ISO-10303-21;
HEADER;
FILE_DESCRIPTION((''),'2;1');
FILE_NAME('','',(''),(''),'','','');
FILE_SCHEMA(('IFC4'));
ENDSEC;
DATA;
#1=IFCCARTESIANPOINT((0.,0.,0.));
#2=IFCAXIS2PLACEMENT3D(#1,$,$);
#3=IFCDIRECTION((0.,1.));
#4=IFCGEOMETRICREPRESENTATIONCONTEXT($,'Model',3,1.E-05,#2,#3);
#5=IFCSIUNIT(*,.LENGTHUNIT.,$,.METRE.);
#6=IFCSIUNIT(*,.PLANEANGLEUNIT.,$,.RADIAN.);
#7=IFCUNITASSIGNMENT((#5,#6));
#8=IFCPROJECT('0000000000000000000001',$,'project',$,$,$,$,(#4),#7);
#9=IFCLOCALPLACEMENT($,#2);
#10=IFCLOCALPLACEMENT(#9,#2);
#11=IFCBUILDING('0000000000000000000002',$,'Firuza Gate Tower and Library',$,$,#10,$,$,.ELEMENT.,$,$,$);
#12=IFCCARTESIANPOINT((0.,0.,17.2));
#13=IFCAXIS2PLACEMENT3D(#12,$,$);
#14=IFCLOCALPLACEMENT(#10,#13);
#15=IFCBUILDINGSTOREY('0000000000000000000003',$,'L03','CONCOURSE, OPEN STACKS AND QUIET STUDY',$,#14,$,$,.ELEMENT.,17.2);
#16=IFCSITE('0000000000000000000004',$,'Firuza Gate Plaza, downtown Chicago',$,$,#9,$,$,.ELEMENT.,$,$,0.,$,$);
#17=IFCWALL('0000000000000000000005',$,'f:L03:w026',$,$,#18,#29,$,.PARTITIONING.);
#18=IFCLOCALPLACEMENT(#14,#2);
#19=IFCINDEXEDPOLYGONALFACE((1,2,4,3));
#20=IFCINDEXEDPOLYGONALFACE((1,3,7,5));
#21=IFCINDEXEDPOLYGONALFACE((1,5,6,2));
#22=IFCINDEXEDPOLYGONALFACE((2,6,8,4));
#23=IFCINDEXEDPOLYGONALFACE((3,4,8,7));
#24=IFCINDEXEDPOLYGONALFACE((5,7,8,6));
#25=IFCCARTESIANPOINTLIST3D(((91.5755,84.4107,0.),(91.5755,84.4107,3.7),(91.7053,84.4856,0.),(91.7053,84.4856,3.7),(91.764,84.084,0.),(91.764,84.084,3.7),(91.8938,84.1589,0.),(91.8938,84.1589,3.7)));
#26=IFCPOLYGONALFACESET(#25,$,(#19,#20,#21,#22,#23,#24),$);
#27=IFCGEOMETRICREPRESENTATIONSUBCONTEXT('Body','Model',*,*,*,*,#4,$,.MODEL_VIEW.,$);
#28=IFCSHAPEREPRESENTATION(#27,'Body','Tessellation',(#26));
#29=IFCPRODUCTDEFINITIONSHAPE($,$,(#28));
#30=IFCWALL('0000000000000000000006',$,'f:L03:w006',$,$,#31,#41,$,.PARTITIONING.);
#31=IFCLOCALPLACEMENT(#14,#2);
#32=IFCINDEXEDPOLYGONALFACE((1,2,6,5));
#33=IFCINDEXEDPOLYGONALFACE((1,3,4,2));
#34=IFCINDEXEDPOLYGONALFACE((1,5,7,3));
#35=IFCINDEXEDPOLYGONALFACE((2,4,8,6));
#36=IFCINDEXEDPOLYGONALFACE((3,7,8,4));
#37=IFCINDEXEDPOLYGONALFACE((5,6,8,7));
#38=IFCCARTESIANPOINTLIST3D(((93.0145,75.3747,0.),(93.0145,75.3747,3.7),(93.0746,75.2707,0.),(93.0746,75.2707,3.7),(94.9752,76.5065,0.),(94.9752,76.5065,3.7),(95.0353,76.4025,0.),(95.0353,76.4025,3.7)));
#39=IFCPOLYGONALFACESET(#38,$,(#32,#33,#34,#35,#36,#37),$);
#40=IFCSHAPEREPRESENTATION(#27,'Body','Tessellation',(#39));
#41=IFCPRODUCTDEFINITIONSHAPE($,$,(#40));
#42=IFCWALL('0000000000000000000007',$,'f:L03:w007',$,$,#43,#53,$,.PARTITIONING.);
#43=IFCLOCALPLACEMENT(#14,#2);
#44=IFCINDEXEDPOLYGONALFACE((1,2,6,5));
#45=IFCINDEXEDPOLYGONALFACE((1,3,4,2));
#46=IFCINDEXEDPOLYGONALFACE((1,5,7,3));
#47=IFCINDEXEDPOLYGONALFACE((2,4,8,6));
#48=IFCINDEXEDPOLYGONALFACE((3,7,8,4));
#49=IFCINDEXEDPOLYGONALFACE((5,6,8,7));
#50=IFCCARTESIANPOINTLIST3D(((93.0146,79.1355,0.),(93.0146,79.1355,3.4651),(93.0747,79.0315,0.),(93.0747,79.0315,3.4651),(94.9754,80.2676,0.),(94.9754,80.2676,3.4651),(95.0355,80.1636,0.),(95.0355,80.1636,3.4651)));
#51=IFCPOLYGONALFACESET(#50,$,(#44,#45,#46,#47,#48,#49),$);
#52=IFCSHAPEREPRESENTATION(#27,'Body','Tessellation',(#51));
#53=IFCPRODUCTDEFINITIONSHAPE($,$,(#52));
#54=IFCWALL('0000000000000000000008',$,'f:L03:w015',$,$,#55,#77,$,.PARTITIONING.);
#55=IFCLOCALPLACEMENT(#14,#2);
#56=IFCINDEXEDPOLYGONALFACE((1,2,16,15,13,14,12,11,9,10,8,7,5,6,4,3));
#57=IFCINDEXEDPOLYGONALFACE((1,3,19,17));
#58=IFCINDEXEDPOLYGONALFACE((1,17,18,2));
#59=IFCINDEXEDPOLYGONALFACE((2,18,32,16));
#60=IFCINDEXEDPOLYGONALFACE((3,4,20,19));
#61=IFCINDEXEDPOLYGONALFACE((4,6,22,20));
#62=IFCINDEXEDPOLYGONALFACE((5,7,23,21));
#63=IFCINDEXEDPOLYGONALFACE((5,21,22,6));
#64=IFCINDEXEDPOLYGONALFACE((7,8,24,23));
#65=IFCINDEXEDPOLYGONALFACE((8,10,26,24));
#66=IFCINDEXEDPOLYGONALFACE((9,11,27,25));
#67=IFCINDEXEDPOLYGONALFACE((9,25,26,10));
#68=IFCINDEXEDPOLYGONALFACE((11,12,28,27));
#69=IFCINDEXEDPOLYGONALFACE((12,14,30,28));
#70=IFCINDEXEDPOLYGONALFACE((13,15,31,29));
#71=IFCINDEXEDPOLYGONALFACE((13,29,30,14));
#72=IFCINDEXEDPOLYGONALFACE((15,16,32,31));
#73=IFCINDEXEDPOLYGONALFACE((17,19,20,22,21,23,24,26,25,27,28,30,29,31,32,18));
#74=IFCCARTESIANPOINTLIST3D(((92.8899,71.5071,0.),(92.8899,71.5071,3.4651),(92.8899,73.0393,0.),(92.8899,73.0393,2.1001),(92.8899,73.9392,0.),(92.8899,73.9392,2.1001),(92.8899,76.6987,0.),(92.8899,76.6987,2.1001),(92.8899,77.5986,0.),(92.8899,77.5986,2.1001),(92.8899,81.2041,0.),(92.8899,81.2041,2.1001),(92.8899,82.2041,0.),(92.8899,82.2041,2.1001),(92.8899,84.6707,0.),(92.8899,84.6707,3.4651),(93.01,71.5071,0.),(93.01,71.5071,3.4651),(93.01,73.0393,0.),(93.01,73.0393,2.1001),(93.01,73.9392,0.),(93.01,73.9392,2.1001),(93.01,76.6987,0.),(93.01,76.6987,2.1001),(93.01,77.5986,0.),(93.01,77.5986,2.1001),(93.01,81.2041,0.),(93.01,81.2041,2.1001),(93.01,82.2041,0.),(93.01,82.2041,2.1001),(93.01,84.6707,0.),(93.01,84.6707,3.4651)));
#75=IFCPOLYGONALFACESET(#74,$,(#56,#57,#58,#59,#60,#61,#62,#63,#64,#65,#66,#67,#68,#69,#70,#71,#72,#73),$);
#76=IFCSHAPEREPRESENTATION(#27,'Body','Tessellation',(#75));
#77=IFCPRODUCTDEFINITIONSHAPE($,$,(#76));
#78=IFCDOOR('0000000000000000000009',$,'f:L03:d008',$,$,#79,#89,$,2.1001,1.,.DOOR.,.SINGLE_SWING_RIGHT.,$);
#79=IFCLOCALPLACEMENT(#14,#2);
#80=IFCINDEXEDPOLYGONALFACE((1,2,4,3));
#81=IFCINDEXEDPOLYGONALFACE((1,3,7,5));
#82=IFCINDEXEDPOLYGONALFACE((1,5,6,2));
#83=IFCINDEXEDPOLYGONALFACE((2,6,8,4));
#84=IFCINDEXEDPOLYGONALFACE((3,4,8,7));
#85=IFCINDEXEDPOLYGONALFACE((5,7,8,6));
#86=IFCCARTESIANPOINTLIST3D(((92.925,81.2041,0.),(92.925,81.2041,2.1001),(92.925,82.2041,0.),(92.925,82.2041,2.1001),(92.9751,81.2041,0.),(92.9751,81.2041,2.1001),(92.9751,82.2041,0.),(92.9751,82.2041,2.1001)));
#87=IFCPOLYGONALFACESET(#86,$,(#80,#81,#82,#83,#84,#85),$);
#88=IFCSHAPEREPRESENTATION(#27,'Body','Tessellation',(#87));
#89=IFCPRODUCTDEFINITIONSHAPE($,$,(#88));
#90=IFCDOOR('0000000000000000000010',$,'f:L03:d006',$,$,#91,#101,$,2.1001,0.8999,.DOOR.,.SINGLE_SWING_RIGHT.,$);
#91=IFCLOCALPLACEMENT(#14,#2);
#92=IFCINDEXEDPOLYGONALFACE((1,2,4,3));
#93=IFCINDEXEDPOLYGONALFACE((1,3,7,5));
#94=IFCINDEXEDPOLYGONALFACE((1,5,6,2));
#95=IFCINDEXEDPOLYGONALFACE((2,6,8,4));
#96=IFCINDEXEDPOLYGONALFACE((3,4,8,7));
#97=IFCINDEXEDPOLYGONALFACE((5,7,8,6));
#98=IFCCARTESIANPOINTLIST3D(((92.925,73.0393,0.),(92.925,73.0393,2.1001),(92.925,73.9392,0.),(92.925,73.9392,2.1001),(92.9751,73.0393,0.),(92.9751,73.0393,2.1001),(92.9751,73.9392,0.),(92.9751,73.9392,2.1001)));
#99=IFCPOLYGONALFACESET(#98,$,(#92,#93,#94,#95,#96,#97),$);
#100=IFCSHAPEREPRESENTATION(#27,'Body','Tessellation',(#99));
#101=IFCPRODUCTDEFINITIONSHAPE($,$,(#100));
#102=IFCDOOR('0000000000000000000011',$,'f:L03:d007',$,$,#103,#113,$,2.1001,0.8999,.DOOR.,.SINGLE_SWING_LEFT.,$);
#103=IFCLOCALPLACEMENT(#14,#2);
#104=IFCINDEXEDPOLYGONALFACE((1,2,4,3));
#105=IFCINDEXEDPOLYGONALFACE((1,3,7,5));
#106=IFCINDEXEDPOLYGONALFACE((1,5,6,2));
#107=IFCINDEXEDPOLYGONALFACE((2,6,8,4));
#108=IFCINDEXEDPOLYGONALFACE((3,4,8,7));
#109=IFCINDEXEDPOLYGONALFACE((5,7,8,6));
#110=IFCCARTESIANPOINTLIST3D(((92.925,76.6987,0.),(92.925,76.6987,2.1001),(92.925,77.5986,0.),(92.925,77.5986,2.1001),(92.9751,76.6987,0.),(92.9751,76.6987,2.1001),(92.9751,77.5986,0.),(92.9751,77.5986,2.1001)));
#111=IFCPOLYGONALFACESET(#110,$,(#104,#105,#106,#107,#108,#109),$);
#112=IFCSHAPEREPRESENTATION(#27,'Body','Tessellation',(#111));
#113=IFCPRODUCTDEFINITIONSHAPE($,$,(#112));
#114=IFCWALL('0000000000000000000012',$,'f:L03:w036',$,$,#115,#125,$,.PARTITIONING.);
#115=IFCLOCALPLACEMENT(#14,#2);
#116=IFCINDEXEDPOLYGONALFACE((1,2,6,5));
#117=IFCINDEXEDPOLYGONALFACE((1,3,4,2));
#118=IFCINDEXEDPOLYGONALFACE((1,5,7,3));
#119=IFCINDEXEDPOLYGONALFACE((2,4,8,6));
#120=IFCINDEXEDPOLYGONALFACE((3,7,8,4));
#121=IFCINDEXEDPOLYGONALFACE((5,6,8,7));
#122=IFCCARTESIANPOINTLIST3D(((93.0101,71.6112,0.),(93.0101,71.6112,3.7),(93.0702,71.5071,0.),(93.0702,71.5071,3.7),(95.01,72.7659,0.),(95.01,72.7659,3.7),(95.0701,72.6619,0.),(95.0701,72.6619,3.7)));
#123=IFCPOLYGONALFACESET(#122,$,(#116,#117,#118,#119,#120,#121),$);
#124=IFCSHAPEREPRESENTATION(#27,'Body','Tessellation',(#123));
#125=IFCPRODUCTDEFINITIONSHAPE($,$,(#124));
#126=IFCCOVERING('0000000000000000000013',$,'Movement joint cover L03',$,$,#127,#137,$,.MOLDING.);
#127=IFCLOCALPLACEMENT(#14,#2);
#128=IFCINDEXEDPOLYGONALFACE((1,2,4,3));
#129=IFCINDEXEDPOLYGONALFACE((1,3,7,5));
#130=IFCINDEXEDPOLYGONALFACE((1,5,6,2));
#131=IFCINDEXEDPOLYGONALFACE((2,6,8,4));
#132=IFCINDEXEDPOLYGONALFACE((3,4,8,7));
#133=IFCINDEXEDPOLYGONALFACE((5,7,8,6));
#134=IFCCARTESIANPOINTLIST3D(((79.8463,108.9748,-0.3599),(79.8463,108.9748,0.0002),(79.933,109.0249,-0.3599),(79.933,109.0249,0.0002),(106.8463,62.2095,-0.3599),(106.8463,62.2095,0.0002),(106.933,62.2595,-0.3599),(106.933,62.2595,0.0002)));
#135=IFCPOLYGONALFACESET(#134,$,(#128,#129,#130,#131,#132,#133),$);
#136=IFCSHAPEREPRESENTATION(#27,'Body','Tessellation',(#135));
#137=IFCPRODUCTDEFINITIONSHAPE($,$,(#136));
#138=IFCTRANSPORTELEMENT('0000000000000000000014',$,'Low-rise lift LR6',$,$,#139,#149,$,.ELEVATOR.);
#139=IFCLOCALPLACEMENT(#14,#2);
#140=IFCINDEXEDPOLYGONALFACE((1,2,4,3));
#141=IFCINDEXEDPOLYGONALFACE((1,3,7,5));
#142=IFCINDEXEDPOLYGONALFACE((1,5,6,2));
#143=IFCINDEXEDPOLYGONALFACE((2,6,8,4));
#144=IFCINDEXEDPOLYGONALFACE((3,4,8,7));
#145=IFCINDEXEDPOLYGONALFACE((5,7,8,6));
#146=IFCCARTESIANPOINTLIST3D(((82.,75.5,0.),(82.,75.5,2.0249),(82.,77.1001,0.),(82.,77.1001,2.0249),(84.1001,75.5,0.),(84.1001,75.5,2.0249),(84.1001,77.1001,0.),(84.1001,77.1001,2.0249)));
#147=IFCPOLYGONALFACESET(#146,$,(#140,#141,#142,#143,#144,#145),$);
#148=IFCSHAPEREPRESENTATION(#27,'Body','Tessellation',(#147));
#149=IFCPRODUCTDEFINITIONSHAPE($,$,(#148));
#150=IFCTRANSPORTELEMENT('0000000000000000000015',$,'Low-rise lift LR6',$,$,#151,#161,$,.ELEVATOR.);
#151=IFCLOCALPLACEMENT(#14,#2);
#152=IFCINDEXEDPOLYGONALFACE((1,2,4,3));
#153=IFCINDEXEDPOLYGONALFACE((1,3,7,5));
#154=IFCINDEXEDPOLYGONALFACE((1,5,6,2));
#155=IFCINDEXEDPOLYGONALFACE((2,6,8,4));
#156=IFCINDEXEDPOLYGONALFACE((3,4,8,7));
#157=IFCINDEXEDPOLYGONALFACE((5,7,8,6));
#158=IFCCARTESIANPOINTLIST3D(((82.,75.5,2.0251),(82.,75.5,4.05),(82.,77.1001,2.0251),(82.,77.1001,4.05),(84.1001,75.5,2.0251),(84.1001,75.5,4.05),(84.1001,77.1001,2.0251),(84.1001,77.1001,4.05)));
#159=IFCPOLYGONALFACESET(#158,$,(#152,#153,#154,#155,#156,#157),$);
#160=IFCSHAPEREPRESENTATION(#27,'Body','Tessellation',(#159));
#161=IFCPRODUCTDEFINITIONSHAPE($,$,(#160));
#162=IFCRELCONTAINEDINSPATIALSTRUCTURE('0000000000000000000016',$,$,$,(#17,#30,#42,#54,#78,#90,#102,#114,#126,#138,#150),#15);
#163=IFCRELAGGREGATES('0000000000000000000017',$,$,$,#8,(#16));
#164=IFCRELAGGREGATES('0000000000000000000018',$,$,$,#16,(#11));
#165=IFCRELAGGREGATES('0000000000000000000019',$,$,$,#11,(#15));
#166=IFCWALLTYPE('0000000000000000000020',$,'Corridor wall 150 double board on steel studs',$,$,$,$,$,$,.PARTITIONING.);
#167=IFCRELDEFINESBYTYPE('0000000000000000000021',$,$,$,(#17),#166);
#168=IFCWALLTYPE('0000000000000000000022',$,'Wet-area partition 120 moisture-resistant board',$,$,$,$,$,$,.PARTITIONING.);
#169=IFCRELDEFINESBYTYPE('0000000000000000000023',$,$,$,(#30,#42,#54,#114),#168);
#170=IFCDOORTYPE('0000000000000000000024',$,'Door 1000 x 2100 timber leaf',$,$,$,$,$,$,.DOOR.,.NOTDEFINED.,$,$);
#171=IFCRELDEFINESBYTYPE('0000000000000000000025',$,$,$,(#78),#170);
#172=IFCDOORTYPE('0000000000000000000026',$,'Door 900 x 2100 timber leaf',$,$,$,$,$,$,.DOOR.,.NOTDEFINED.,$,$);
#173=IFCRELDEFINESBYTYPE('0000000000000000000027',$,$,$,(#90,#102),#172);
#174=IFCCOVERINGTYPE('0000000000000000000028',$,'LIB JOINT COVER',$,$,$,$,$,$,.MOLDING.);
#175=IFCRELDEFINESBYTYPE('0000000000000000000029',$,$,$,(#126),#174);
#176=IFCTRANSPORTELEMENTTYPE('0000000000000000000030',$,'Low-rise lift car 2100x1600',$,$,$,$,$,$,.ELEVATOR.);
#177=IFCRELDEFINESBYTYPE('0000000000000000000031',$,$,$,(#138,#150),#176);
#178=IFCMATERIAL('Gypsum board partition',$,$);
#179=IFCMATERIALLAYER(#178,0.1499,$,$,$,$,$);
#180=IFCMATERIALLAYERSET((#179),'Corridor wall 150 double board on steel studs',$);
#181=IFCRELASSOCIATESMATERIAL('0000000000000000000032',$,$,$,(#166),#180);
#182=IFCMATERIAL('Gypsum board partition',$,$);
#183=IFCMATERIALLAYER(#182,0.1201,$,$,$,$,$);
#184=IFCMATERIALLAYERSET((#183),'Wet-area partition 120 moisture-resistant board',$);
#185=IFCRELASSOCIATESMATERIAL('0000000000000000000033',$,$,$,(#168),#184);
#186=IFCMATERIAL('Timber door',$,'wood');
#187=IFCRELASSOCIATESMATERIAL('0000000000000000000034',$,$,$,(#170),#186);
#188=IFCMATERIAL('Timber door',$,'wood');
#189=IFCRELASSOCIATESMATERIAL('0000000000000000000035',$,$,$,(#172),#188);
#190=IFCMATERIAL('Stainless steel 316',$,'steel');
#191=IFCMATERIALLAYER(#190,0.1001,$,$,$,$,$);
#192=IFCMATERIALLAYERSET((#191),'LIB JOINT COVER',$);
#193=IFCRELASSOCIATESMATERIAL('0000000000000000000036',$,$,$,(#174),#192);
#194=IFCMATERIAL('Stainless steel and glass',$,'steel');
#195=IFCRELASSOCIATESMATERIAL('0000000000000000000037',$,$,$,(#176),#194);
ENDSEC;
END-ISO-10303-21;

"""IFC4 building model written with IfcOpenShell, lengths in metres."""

from ifc_helpers import new_model, si_unit, direction, frame, frame_2d, origin, origin_2d, place, context, subcontext, project, spatial, rectangle, extrude, material, layer, layer_set, type_object, element, fill, save


model = new_model("IFC4")

# Units and contexts
model_context = context("Model", 3, precision=1e-05, world=origin(), true_north=direction((0.0, 1.0)))
body_context = subcontext(model_context, "Body", "Model", "MODEL_VIEW")
ifc_project = project(units=[si_unit("LENGTHUNIT", "METRE"), si_unit("PLANEANGLEUNIT", "RADIAN")], contexts=[model_context])

# Site, building, storey
site_placement = place(None, origin())
site = spatial("IfcSite", under=ifc_project, at=site_placement, Name="Firuza Gate Plaza, downtown Chicago", CompositionType="ELEMENT", RefElevation=0.0)
building_placement = place(site_placement, origin())
building = spatial("IfcBuilding", under=site, at=building_placement, Name="Firuza Gate Tower and Library", CompositionType="ELEMENT")
storey_placement = place(building_placement, frame((0.0, 0.0, 17.2)))
storey = spatial("IfcBuildingStorey", under=building, at=storey_placement, Name="L03", Description="CONCOURSE, OPEN STACKS AND QUIET STUDY", CompositionType="ELEMENT", Elevation=17.2)

# Shared definitions
ifc_material_1 = material(Name="Gypsum board partition")
ifc_layer_1 = layer(ifc_material_1, 0.1499)
ifc_layer_set_1 = layer_set([ifc_layer_1], Name="Corridor wall 150 double board on steel studs")
wall_type_1 = type_object("IfcWallType", Name="Corridor wall 150 double board on steel studs", PredefinedType="PARTITIONING", material=ifc_layer_set_1)

# Walls
wall_1_placement = place(storey_placement, frame((91.8289, 84.1216, 0.0), z_axis=(0.0, 0.0, 1.0), x_axis=(-0.49976, 0.866164, 0.0)))
element("IfcWall", 1, at=wall_1_placement, inside=storey, type_object=wall_type_1, Name="f:L03:w026", PredefinedType="PARTITIONING", context=body_context, shape_type="SweptSolid", body=[
    extrude(rectangle(XDim=0.3772, YDim=0.1499, at=frame_2d((0.1885, 0.0))), origin(), (0.0, 0.0, 1.0), 3.7),
])
ifc_material_2 = material(Name="Gypsum board partition")
ifc_layer_2 = layer(ifc_material_2, 0.1201)
ifc_layer_set_2 = layer_set([ifc_layer_2], Name="Wet-area partition 120 moisture-resistant board")
wall_type_2 = type_object("IfcWallType", Name="Wet-area partition 120 moisture-resistant board", PredefinedType="PARTITIONING", material=ifc_layer_set_2)
wall_2_placement = place(storey_placement, frame((93.0447, 75.3228, 0.0), z_axis=(0.0, 0.0, 1.0), x_axis=(0.866058, 0.499943, 0.0)))
element("IfcWall", 2, at=wall_2_placement, inside=storey, type_object=wall_type_2, Name="f:L03:w006", PredefinedType="PARTITIONING", context=body_context, shape_type="SweptSolid", body=[
    extrude(rectangle(XDim=2.2639, YDim=0.1201, at=frame_2d((1.1318, 0.0))), origin(), (0.0, 0.0, 1.0), 3.7),
])
wall_3_placement = place(storey_placement, frame((93.0447, 79.0835, 0.0), z_axis=(0.0, 0.0, 1.0), x_axis=(0.866011, 0.500024, 0.0)))
element("IfcWall", 3, at=wall_3_placement, inside=storey, type_object=wall_type_2, Name="f:L03:w007", PredefinedType="PARTITIONING", context=body_context, shape_type="SweptSolid", body=[
    extrude(rectangle(XDim=2.2642, YDim=0.1201, at=frame_2d((1.1321, 0.0))), origin(), (0.0, 0.0, 1.0), 3.4651),
])

# Wall, openings, doors
wall_4_placement = place(storey_placement, frame((92.95, 71.5071, 0.0), z_axis=(0.0, 0.0, 1.0), x_axis=(0.0, 1.0, 0.0)))
wall_4 = element("IfcWall", 4, at=wall_4_placement, inside=storey, type_object=wall_type_2, Name="f:L03:w015", PredefinedType="PARTITIONING", context=body_context, shape_type="SweptSolid", body=[
    extrude(rectangle(XDim=13.1636, YDim=0.1201, at=frame_2d((6.5818, 0.0))), origin(), (0.0, 0.0, 1.0), 3.4651),
])
opening_1_placement = place(wall_4_placement, frame((1.5322, 0.0, 0.0)))
opening_1 = element("IfcOpeningElement", 5, at=opening_1_placement, cuts=wall_4, PredefinedType="OPENING", context=body_context, shape_type="SweptSolid", body=[
    extrude(rectangle(XDim=0.8999, YDim=2.1001, at=frame_2d((0.45, 1.05))), frame((0.0, 0.0701, 0.0), z_axis=(0.0, -1.0, 0.0), x_axis=(1.0, 0.0, 0.0)), (0.0, 0.0, 1.0), 0.1401),
])
opening_2_placement = place(wall_4_placement, frame((5.1917, 0.0, 0.0)))
opening_2 = element("IfcOpeningElement", 6, at=opening_2_placement, cuts=wall_4, PredefinedType="OPENING", context=body_context, shape_type="SweptSolid", body=[
    extrude(rectangle(XDim=0.8999, YDim=2.1001, at=frame_2d((0.45, 1.05))), frame((0.0, 0.0701, 0.0), z_axis=(0.0, -1.0, 0.0), x_axis=(1.0, 0.0, 0.0)), (0.0, 0.0, 1.0), 0.1401),
])
opening_3_placement = place(wall_4_placement, frame((9.697, 0.0, 0.0)))
opening_3 = element("IfcOpeningElement", 7, at=opening_3_placement, cuts=wall_4, PredefinedType="OPENING", context=body_context, shape_type="SweptSolid", body=[
    extrude(rectangle(XDim=1.0, YDim=2.1001, at=frame_2d((0.5, 1.05))), frame((0.0, 0.0701, 0.0), z_axis=(0.0, -1.0, 0.0), x_axis=(1.0, 0.0, 0.0)), (0.0, 0.0, 1.0), 0.1401),
])
ifc_material_3 = material(Name="Timber door", Category="wood")
door_type_1 = type_object("IfcDoorType", Name="Door 1000 x 2100 timber leaf", OperationType="NOTDEFINED", PredefinedType="DOOR", material=ifc_material_3)
door_1_placement = place(opening_3_placement, origin())
door_1 = element("IfcDoor", 8, at=door_1_placement, inside=storey, type_object=door_type_1, Name="f:L03:d008", OperationType="SINGLE_SWING_RIGHT", OverallHeight=2.1001, OverallWidth=1.0, PredefinedType="DOOR", context=body_context, shape_type="SweptSolid", body=[
    extrude(rectangle(XDim=1.0, YDim=2.1001, at=frame_2d((0.5, 1.05))), frame((0.0, 0.0249, 0.0), z_axis=(0.0, -1.0, 0.0), x_axis=(1.0, 0.0, 0.0)), (0.0, 0.0, 1.0), 0.05),
])
fill(opening_3, door_1)
ifc_material_4 = material(Name="Timber door", Category="wood")
door_type_2 = type_object("IfcDoorType", Name="Door 900 x 2100 timber leaf", OperationType="NOTDEFINED", PredefinedType="DOOR", material=ifc_material_4)
door_2_placement = place(opening_1_placement, origin())
door_2 = element("IfcDoor", 9, at=door_2_placement, inside=storey, type_object=door_type_2, Name="f:L03:d006", OperationType="SINGLE_SWING_RIGHT", OverallHeight=2.1001, OverallWidth=0.8999, PredefinedType="DOOR", context=body_context, shape_type="SweptSolid", body=[
    extrude(rectangle(XDim=0.8999, YDim=2.1001, at=frame_2d((0.45, 1.05))), frame((0.0, 0.0249, 0.0), z_axis=(0.0, -1.0, 0.0), x_axis=(1.0, 0.0, 0.0)), (0.0, 0.0, 1.0), 0.05),
])
fill(opening_1, door_2)
door_3_placement = place(opening_2_placement, origin())
door_3 = element("IfcDoor", 10, at=door_3_placement, inside=storey, type_object=door_type_2, Name="f:L03:d007", OperationType="SINGLE_SWING_LEFT", OverallHeight=2.1001, OverallWidth=0.8999, PredefinedType="DOOR", context=body_context, shape_type="SweptSolid", body=[
    extrude(rectangle(XDim=0.8999, YDim=2.1001, at=frame_2d((0.45, 1.05))), frame((0.0, 0.0249, 0.0), z_axis=(0.0, -1.0, 0.0), x_axis=(1.0, 0.0, 0.0)), (0.0, 0.0, 1.0), 0.05),
])
fill(opening_2, door_3)

# Wall
wall_5_placement = place(storey_placement, frame((93.04, 71.5591, 0.0), z_axis=(0.0, 0.0, 1.0), x_axis=(0.86601, 0.500027, 0.0)))
element("IfcWall", 11, at=wall_5_placement, inside=storey, type_object=wall_type_2, Name="f:L03:w036", PredefinedType="PARTITIONING", context=body_context, shape_type="SweptSolid", body=[
    extrude(rectangle(XDim=2.3093, YDim=0.1201, at=frame_2d((1.1548, 0.0))), origin(), (0.0, 0.0, 1.0), 3.7),
])

# Covering
ifc_material_5 = material(Name="Stainless steel 316", Category="steel")
ifc_layer_3 = layer(ifc_material_5, 0.1001)
ifc_layer_set_3 = layer_set([ifc_layer_3], Name="LIB JOINT COVER")
covering_type = type_object("IfcCoveringType", Name="LIB JOINT COVER", PredefinedType="MOLDING", material=ifc_layer_set_3)
covering_placement = place(storey_placement, frame((93.3896, 85.6172, -0.3599), z_axis=(0.0, 0.0, 1.0), x_axis=(-0.5, 0.866025, 0.0)))
element("IfcCovering", 12, at=covering_placement, inside=storey, type_object=covering_type, Name="Movement joint cover L03", PredefinedType="MOLDING", context=body_context, shape_type="SweptSolid", body=[
    extrude(rectangle(XDim=54.0, YDim=0.1001, at=origin_2d()), origin(), (0.0, 0.0, 1.0), 0.3601),
])

# Transport elements
ifc_material_6 = material(Name="Stainless steel and glass", Category="steel")
transport_element_type = type_object("IfcTransportElementType", Name="Low-rise lift car 2100x1600", PredefinedType="ELEVATOR", material=ifc_material_6)
for number, where, z_axis, x_axis, name in (
    (13, (83.05, 76.3, 0.0), (0.0, 0.0, 1.0), (1.0, 0.0, 0.0), "Low-rise lift LR6"),
    (14, (83.05, 76.3, 2.0251), (0.0, 0.0, 1.0), (1.0, 0.0, 0.0), "Low-rise lift LR6"),
):
    element("IfcTransportElement", number, at=place(storey_placement, frame(where, z_axis=z_axis, x_axis=x_axis)), inside=storey, type_object=transport_element_type, Name=name, PredefinedType="ELEVATOR", context=body_context, shape_type="SweptSolid", body=[
        extrude(rectangle(XDim=2.1001, YDim=1.6001, at=origin_2d()), origin(), (0.0, 0.0, 1.0), 2.0249),
    ])

save(model, "model.ifc")
